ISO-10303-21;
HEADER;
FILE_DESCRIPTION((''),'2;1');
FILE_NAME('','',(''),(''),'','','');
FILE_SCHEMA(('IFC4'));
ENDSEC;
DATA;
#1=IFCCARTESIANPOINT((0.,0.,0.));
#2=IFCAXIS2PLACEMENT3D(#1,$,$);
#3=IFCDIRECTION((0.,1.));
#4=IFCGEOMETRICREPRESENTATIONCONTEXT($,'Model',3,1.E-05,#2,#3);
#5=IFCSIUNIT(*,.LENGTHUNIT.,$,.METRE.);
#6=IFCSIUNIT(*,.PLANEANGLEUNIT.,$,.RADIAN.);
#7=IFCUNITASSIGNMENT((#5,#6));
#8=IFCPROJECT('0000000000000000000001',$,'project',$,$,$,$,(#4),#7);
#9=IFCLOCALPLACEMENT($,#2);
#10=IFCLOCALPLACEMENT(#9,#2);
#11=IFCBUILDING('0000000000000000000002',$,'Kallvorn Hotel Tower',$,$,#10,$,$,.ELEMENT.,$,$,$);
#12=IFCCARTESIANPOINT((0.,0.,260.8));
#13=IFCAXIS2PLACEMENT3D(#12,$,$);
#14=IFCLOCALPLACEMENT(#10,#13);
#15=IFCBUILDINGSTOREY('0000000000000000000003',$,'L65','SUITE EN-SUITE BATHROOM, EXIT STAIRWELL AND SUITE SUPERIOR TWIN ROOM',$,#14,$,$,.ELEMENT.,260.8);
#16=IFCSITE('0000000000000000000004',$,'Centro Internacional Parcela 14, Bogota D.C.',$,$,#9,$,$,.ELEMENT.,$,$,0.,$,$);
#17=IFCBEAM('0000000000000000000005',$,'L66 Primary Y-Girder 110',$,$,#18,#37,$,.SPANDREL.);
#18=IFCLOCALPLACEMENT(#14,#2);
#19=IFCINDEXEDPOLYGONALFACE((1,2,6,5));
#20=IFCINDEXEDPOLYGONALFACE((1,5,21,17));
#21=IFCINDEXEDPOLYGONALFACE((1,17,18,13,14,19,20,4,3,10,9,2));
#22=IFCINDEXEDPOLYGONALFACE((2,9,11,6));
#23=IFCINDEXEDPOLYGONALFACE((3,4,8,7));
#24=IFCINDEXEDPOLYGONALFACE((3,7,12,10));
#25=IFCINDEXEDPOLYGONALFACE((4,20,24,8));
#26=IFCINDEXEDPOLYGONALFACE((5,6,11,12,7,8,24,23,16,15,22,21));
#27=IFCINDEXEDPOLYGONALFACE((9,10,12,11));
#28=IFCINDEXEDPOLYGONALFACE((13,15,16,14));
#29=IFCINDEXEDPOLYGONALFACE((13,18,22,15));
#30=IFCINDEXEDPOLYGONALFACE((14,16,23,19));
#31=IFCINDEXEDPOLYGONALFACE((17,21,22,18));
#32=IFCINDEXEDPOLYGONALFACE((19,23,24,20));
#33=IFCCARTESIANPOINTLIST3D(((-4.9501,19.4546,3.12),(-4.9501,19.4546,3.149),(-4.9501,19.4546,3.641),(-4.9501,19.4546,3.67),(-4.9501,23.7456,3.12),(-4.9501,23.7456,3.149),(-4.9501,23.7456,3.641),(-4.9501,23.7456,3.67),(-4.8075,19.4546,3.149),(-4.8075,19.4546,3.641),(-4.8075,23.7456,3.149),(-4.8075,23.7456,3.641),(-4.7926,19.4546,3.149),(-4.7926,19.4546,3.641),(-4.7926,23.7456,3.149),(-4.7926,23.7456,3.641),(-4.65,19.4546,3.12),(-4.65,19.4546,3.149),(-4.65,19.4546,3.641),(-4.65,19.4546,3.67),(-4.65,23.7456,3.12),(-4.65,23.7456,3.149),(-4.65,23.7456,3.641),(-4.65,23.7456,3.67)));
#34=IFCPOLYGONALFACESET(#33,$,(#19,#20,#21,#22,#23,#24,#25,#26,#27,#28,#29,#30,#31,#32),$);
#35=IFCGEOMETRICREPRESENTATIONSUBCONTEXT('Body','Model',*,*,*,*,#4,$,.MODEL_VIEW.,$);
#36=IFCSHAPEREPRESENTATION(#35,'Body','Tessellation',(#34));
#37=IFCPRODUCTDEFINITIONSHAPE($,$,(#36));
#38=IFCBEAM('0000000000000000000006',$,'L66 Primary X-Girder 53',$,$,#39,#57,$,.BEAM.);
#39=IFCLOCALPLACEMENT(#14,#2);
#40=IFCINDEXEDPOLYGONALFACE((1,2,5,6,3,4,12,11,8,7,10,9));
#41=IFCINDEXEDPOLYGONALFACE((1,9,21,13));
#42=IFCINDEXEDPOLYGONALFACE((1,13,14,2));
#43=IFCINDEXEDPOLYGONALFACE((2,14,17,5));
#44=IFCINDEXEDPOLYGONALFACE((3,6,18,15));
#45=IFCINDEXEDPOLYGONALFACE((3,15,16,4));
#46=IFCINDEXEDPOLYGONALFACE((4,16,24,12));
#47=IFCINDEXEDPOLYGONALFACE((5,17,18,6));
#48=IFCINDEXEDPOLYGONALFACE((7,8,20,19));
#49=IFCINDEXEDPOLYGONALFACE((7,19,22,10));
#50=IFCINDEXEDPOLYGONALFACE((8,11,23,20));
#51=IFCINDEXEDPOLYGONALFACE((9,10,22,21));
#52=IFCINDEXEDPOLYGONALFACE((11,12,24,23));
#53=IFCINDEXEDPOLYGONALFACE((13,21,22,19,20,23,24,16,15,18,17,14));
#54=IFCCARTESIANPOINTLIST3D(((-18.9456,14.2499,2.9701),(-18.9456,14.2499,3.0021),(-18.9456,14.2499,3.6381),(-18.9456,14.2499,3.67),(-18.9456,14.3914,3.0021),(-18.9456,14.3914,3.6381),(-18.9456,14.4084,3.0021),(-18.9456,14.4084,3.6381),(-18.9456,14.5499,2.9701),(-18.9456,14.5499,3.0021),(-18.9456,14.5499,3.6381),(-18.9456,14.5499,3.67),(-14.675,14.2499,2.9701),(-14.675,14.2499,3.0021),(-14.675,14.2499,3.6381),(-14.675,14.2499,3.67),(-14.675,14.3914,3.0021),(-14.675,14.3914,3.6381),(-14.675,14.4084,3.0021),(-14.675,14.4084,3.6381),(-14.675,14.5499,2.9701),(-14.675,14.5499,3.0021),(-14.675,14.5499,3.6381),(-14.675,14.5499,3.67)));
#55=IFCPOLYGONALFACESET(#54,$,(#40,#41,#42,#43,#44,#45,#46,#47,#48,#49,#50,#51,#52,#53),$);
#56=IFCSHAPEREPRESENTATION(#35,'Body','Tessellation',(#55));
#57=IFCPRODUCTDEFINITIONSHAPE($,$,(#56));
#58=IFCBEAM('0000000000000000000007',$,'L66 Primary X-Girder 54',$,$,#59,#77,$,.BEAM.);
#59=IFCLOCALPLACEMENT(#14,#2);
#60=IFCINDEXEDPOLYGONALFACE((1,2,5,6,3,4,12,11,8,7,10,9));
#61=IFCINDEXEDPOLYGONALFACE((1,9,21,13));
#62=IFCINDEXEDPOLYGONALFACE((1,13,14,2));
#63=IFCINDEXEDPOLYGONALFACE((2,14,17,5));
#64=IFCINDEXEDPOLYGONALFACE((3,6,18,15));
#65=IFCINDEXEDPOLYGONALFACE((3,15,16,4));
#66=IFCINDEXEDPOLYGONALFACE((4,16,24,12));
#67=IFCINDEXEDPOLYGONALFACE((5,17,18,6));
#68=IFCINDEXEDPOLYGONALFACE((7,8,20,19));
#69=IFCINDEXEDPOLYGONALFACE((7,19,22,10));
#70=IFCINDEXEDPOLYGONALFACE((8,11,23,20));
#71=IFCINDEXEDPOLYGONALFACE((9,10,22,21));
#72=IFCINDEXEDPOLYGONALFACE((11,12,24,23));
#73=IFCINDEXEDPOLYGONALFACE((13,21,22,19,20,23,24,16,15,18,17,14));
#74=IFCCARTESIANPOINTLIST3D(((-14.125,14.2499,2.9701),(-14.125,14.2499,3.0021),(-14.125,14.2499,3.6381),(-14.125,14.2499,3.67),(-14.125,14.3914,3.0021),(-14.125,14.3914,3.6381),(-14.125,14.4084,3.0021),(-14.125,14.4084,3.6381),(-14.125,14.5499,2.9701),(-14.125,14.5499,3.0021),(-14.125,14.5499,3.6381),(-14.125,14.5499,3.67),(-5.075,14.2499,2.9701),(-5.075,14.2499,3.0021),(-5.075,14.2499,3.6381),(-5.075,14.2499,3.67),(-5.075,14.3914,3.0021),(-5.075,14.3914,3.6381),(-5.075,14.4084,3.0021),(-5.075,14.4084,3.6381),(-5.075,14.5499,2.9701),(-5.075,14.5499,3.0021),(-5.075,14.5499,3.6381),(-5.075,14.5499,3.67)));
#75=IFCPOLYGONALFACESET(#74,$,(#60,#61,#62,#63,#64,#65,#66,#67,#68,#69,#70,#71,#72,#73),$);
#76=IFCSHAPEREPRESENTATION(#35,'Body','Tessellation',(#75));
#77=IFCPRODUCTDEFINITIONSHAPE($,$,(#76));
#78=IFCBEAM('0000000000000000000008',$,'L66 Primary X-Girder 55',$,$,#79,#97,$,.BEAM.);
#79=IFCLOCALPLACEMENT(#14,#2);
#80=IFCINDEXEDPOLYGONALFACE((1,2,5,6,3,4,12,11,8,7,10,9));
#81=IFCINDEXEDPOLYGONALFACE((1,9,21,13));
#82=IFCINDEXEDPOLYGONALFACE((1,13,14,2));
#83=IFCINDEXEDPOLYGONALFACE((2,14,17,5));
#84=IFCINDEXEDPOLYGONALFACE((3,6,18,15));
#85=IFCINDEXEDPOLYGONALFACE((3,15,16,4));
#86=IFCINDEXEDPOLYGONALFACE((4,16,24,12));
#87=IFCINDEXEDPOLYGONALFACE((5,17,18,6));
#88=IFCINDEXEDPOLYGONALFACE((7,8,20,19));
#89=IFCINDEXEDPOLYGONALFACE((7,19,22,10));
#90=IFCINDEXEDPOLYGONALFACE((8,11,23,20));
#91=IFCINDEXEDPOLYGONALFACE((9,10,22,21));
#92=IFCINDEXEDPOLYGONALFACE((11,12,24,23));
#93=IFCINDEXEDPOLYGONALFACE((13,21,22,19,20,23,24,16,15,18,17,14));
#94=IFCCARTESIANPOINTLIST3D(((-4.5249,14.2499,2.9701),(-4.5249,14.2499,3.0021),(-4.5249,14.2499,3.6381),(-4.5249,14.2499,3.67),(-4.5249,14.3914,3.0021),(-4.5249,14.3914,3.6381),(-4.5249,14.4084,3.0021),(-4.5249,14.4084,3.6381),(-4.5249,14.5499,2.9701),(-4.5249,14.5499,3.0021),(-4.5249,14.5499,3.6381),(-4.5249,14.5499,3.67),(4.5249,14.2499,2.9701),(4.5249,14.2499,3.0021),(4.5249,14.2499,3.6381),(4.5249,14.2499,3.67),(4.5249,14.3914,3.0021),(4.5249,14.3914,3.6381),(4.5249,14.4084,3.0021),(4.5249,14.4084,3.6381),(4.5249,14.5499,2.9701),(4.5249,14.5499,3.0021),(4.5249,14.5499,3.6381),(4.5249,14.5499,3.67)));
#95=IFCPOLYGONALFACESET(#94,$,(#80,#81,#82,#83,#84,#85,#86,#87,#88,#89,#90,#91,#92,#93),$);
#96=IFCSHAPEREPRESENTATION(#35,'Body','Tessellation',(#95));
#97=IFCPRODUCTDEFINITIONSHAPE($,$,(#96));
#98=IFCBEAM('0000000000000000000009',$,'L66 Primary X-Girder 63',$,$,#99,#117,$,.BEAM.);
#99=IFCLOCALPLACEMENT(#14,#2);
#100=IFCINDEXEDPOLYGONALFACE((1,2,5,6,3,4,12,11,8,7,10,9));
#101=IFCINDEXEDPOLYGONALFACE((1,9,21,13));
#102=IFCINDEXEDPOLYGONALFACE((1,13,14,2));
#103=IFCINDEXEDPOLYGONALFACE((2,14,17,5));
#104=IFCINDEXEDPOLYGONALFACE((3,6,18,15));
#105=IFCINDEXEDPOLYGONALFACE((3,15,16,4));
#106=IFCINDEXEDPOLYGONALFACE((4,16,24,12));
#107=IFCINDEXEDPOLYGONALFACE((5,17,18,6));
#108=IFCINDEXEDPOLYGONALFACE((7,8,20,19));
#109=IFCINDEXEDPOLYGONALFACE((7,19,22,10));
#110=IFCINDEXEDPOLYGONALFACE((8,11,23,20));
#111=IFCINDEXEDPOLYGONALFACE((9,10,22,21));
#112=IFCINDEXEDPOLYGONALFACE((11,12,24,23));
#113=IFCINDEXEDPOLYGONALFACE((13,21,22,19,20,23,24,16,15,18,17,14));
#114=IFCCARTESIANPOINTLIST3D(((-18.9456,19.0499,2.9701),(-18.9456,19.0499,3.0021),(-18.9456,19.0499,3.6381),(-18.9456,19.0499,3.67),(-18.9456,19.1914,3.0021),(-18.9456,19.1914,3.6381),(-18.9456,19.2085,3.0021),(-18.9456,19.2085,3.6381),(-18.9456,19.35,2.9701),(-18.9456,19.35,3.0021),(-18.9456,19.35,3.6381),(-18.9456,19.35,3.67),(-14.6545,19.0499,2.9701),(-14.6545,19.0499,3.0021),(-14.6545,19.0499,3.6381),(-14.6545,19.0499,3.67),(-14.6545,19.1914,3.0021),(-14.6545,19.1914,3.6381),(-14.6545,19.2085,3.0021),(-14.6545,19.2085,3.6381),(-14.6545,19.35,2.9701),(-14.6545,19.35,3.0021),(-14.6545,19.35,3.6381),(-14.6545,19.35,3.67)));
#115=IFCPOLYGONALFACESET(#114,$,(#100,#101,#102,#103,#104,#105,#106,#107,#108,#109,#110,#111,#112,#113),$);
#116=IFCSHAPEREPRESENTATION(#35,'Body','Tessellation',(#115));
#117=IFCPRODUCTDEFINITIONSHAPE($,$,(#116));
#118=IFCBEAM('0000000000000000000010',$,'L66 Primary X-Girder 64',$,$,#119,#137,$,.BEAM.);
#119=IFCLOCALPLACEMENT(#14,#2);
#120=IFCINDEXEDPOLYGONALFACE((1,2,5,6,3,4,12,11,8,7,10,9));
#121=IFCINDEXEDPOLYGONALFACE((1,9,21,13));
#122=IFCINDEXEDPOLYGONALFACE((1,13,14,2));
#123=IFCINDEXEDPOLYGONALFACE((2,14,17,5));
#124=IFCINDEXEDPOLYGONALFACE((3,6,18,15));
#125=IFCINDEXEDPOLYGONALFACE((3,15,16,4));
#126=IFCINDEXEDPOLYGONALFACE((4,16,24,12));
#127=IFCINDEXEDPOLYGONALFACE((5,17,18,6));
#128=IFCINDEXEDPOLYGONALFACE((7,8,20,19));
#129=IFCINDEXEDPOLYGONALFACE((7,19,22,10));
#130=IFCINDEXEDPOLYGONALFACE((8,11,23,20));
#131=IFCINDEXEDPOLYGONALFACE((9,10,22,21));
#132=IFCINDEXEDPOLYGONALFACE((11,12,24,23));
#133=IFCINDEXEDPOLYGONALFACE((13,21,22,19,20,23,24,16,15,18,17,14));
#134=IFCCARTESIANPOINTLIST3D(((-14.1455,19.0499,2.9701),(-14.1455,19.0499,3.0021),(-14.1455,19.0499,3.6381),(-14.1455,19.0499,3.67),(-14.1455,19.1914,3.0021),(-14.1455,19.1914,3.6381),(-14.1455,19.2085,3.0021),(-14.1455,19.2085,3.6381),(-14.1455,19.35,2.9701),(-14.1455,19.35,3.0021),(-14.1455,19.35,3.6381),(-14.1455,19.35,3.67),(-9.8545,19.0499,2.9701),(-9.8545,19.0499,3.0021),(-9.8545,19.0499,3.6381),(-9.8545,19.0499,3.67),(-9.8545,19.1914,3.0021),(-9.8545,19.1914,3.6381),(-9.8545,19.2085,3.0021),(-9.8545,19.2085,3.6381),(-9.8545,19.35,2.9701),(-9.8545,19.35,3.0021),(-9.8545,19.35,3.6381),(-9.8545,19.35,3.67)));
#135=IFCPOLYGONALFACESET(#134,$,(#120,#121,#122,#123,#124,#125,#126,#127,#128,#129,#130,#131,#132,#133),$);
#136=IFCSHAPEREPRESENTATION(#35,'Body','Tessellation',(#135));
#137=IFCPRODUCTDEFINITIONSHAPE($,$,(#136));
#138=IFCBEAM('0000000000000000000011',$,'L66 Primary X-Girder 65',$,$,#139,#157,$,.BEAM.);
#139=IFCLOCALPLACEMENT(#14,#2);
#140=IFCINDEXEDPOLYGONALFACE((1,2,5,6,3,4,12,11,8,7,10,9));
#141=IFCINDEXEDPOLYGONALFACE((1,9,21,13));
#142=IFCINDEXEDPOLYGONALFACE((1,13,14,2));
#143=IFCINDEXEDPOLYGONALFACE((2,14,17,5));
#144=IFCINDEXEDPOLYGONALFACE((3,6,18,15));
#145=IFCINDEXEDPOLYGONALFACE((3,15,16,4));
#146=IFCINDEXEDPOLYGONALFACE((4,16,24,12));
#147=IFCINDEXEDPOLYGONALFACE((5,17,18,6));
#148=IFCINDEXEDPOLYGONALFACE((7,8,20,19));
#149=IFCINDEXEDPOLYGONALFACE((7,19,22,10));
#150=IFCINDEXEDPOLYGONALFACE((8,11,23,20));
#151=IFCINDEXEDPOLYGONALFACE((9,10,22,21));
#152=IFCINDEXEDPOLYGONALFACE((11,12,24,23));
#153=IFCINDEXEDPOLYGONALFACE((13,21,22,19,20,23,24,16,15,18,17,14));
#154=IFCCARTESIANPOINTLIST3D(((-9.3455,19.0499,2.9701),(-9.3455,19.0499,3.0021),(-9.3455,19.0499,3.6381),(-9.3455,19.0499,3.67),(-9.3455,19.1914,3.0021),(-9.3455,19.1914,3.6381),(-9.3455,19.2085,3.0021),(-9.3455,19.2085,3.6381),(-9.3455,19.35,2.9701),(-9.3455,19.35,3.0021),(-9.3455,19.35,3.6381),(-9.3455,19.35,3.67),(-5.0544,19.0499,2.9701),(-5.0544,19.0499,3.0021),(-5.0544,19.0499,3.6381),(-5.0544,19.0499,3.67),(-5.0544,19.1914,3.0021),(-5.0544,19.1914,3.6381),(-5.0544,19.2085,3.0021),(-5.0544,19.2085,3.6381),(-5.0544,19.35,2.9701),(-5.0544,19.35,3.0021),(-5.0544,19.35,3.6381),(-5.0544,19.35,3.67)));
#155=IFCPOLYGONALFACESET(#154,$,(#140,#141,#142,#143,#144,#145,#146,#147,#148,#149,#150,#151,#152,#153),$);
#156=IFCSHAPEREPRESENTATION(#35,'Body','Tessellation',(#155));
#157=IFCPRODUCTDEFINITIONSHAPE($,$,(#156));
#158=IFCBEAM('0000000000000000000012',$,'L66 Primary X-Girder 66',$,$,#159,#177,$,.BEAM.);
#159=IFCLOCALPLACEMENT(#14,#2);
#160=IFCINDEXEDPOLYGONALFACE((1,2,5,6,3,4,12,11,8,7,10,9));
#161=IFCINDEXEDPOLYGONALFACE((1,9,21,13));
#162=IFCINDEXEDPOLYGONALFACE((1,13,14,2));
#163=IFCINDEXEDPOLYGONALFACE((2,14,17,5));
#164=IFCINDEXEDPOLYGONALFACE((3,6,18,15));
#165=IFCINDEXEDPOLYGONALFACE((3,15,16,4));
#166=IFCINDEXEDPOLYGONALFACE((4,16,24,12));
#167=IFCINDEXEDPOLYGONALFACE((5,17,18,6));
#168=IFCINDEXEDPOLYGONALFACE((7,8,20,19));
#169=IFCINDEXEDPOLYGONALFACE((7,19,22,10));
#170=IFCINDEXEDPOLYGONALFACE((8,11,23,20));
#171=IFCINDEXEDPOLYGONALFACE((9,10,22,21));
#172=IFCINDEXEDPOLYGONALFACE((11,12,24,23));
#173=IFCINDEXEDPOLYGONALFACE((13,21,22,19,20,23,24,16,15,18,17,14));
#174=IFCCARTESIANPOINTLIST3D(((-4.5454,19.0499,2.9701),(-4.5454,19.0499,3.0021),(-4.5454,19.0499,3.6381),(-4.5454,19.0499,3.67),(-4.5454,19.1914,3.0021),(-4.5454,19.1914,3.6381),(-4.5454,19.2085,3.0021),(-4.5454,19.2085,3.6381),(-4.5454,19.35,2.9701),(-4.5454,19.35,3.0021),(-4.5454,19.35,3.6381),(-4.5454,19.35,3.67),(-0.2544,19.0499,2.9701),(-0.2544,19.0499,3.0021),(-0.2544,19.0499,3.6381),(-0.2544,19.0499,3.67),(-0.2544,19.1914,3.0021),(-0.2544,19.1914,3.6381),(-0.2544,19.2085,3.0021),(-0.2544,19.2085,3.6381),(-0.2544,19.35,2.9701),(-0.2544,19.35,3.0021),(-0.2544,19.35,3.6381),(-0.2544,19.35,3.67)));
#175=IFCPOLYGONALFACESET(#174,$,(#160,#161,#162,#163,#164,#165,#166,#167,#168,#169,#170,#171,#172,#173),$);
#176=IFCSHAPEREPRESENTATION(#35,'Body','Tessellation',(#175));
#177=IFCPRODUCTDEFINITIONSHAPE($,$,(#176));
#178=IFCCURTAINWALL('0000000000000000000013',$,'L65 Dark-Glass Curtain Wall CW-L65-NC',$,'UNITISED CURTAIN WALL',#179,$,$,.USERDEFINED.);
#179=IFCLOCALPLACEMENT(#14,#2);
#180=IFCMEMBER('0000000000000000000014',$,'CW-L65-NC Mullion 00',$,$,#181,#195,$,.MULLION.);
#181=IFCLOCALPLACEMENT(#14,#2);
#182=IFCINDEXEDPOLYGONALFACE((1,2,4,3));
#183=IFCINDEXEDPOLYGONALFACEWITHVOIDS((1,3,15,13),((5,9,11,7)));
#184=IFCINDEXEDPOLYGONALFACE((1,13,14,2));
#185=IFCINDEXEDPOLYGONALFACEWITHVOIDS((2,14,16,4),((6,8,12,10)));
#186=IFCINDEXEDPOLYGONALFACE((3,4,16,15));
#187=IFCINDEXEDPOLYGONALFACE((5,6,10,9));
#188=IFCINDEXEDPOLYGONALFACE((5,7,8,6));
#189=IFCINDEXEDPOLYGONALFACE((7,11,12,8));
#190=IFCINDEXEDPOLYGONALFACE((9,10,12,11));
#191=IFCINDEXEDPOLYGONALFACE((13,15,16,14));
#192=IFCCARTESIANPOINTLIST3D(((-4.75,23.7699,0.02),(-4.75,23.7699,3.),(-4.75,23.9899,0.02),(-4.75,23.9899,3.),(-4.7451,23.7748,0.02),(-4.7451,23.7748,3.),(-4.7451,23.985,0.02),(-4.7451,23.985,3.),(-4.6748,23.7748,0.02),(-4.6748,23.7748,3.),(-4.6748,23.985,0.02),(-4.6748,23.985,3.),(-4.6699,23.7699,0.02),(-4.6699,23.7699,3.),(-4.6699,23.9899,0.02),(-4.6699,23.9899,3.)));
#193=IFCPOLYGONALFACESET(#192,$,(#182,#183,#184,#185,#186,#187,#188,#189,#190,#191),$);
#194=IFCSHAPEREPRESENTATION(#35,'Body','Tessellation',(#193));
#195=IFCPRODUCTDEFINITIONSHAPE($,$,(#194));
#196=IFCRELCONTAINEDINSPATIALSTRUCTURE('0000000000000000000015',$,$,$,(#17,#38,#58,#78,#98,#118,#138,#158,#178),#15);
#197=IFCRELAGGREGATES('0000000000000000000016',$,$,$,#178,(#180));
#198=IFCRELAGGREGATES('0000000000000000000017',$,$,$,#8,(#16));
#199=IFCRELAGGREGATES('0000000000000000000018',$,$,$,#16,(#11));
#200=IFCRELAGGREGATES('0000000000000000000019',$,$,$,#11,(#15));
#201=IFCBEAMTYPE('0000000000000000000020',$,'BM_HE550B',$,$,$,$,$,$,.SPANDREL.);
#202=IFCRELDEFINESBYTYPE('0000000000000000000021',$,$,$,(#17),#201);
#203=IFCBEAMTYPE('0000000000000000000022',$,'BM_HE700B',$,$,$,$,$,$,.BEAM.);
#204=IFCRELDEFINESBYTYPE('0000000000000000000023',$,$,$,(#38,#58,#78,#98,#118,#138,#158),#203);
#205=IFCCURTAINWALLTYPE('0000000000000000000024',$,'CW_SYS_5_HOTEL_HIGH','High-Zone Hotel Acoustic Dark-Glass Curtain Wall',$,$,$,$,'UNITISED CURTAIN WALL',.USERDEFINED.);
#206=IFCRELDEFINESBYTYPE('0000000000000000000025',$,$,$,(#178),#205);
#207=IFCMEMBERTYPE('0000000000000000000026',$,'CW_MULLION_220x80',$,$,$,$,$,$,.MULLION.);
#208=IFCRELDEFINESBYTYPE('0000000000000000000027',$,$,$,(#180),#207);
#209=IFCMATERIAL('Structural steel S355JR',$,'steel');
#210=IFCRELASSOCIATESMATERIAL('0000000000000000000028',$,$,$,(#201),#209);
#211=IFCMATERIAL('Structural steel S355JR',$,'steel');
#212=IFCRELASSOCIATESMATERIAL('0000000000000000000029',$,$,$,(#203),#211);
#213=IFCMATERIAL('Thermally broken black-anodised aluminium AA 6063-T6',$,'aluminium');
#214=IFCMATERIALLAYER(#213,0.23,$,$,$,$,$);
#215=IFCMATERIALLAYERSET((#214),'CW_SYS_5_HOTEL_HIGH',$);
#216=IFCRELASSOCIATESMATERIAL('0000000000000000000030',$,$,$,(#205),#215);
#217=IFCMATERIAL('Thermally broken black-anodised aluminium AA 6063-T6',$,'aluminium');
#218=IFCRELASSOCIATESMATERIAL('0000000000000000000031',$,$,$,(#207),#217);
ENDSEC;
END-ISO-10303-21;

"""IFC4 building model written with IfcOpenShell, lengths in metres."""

from ifc_helpers import new_model, si_unit, direction, frame, origin, origin_2d, place, context, subcontext, project, spatial, hollow_rectangle, i_section, extrude, material, layer, layer_set, material_profile, profile_set, type_object, element, aggregate, save


model = new_model("IFC4")

# Units and contexts
model_context = context("Model", 3, precision=1e-05, world=origin(), true_north=direction((0.0, 1.0)))
body_context = subcontext(model_context, "Body", "Model", "MODEL_VIEW")
ifc_project = project(units=[si_unit("LENGTHUNIT", "METRE"), si_unit("PLANEANGLEUNIT", "RADIAN")], contexts=[model_context])

# Site, building, storey
site_placement = place(None, origin())
site = spatial("IfcSite", under=ifc_project, at=site_placement, Name="Centro Internacional Parcela 14, Bogota D.C.", CompositionType="ELEMENT", RefElevation=0.0)
building_placement = place(site_placement, origin())
building = spatial("IfcBuilding", under=site, at=building_placement, Name="Kallvorn Hotel Tower", CompositionType="ELEMENT")
storey_placement = place(building_placement, frame((0.0, 0.0, 260.8)))
storey = spatial("IfcBuildingStorey", under=building, at=storey_placement, Name="L65", Description="SUITE EN-SUITE BATHROOM, EXIT STAIRWELL AND SUITE SUPERIOR TWIN ROOM", CompositionType="ELEMENT", Elevation=260.8)

# Beams
ifc_material_1 = material(Name="Structural steel S355JR", Category="steel")
ifc_material_profile_1 = material_profile(ifc_material_1, i_section(OverallWidth=0.3, OverallDepth=0.55, WebThickness=0.0149, FlangeThickness=0.0291, at=origin_2d()), Name="HE 550 B")
ifc_profile_set_1 = profile_set([ifc_material_profile_1], Name="Structural steel S355JR")
beam_type_1 = type_object("IfcBeamType", Name="BM_HE550B", PredefinedType="SPANDREL", material=ifc_profile_set_1)
beam_1_placement = place(storey_placement, frame((-4.8, 19.4546, 3.395), z_axis=(0.0, 1.0, 0.0), x_axis=(-1.0, 0.0, 0.0)))
element("IfcBeam", 1, at=beam_1_placement, inside=storey, type_object=beam_type_1, Name="L66 Primary Y-Girder 110", PredefinedType="SPANDREL", context=body_context, shape_type="SweptSolid", body=[
    extrude(i_section(OverallWidth=0.3, OverallDepth=0.55, WebThickness=0.0149, FlangeThickness=0.0291, at=origin_2d()), origin(), (0.0, 0.0, 1.0), 4.291),
])
ifc_material_2 = material(Name="Structural steel S355JR", Category="steel")
ifc_material_profile_2 = material_profile(ifc_material_2, i_section(OverallWidth=0.3, OverallDepth=0.7, WebThickness=0.0171, FlangeThickness=0.032, at=origin_2d()), Name="HE 700 B")
ifc_profile_set_2 = profile_set([ifc_material_profile_2], Name="Structural steel S355JR")
beam_type_2 = type_object("IfcBeamType", Name="BM_HE700B", PredefinedType="BEAM", material=ifc_profile_set_2)
beam_2_placement = place(storey_placement, frame((-18.9456, 14.3999, 3.3201), z_axis=(1.0, 0.0, 0.0), x_axis=(0.0, 1.0, 0.0)))
element("IfcBeam", 2, at=beam_2_placement, inside=storey, type_object=beam_type_2, Name="L66 Primary X-Girder 53", PredefinedType="BEAM", context=body_context, shape_type="SweptSolid", body=[
    extrude(i_section(OverallWidth=0.3, OverallDepth=0.7, WebThickness=0.0171, FlangeThickness=0.032, at=origin_2d()), origin(), (0.0, 0.0, 1.0), 4.2705),
])
beam_3_placement = place(storey_placement, frame((-14.125, 14.3999, 3.3201), z_axis=(1.0, 0.0, 0.0), x_axis=(0.0, 1.0, 0.0)))
element("IfcBeam", 3, at=beam_3_placement, inside=storey, type_object=beam_type_2, Name="L66 Primary X-Girder 54", PredefinedType="BEAM", context=body_context, shape_type="SweptSolid", body=[
    extrude(i_section(OverallWidth=0.3, OverallDepth=0.7, WebThickness=0.0171, FlangeThickness=0.032, at=origin_2d()), origin(), (0.0, 0.0, 1.0), 9.05),
])
beam_4_placement = place(storey_placement, frame((-4.5249, 14.3999, 3.3201), z_axis=(1.0, 0.0, 0.0), x_axis=(0.0, 1.0, 0.0)))
element("IfcBeam", 4, at=beam_4_placement, inside=storey, type_object=beam_type_2, Name="L66 Primary X-Girder 55", PredefinedType="BEAM", context=body_context, shape_type="SweptSolid", body=[
    extrude(i_section(OverallWidth=0.3, OverallDepth=0.7, WebThickness=0.0171, FlangeThickness=0.032, at=origin_2d()), origin(), (0.0, 0.0, 1.0), 9.0498),
])
for number, where, z_axis, x_axis, name in (
    (5, (-18.9456, 19.2, 3.3201), (1.0, 0.0, 0.0), (0.0, 1.0, 0.0), "L66 Primary X-Girder 63"),
    (6, (-14.1455, 19.2, 3.3201), (1.0, 0.0, 0.0), (0.0, 1.0, 0.0), "L66 Primary X-Girder 64"),
    (7, (-9.3455, 19.2, 3.3201), (1.0, 0.0, 0.0), (0.0, 1.0, 0.0), "L66 Primary X-Girder 65"),
    (8, (-4.5454, 19.2, 3.3201), (1.0, 0.0, 0.0), (0.0, 1.0, 0.0), "L66 Primary X-Girder 66"),
):
    element("IfcBeam", number, at=place(storey_placement, frame(where, z_axis=z_axis, x_axis=x_axis)), inside=storey, type_object=beam_type_2, Name=name, PredefinedType="BEAM", context=body_context, shape_type="SweptSolid", body=[
        extrude(i_section(OverallWidth=0.3, OverallDepth=0.7, WebThickness=0.0171, FlangeThickness=0.032, at=origin_2d()), origin(), (0.0, 0.0, 1.0), 4.291),
    ])

# Curtain wall, member
ifc_material_3 = material(Name="Thermally broken black-anodised aluminium AA 6063-T6", Category="aluminium")
ifc_layer = layer(ifc_material_3, 0.23)
ifc_layer_set = layer_set([ifc_layer], Name="CW_SYS_5_HOTEL_HIGH")
curtain_wall_type = type_object("IfcCurtainWallType", Name="CW_SYS_5_HOTEL_HIGH", Description="High-Zone Hotel Acoustic Dark-Glass Curtain Wall", ElementType="UNITISED CURTAIN WALL", PredefinedType="USERDEFINED", material=ifc_layer_set)
curtain_wall_placement = place(storey_placement, origin())
curtain_wall = element("IfcCurtainWall", 9, at=curtain_wall_placement, inside=storey, type_object=curtain_wall_type, Name="L65 Dark-Glass Curtain Wall CW-L65-NC", ObjectType="UNITISED CURTAIN WALL", PredefinedType="USERDEFINED")
ifc_material_4 = material(Name="Thermally broken black-anodised aluminium AA 6063-T6", Category="aluminium")
ifc_material_profile_3 = material_profile(ifc_material_4, hollow_rectangle(XDim=0.0801, YDim=0.22, WallThickness=0.0049, at=origin_2d()), Name="MUL 220x80")
ifc_profile_set_3 = profile_set([ifc_material_profile_3], Name="Thermally broken black-anodised aluminium AA 6063-T6")
member_type_1 = type_object("IfcMemberType", Name="CW_MULLION_220x80", PredefinedType="MULLION", material=ifc_profile_set_3)
member_1_placement = place(storey_placement, frame((-4.71, 23.8799, 0.02), z_axis=(0.0, 0.0, 1.0), x_axis=(1.0, 0.0, 0.0)))
member_1 = element("IfcMember", 10, at=member_1_placement, type_object=member_type_1, Name="CW-L65-NC Mullion 00", PredefinedType="MULLION", context=body_context, shape_type="SweptSolid", body=[
    extrude(hollow_rectangle(XDim=0.0801, YDim=0.22, WallThickness=0.0049, at=origin_2d()), origin(), (0.0, 0.0, 1.0), 2.98),
])
aggregate(curtain_wall, [member_1])

save(model, "model.ifc")
